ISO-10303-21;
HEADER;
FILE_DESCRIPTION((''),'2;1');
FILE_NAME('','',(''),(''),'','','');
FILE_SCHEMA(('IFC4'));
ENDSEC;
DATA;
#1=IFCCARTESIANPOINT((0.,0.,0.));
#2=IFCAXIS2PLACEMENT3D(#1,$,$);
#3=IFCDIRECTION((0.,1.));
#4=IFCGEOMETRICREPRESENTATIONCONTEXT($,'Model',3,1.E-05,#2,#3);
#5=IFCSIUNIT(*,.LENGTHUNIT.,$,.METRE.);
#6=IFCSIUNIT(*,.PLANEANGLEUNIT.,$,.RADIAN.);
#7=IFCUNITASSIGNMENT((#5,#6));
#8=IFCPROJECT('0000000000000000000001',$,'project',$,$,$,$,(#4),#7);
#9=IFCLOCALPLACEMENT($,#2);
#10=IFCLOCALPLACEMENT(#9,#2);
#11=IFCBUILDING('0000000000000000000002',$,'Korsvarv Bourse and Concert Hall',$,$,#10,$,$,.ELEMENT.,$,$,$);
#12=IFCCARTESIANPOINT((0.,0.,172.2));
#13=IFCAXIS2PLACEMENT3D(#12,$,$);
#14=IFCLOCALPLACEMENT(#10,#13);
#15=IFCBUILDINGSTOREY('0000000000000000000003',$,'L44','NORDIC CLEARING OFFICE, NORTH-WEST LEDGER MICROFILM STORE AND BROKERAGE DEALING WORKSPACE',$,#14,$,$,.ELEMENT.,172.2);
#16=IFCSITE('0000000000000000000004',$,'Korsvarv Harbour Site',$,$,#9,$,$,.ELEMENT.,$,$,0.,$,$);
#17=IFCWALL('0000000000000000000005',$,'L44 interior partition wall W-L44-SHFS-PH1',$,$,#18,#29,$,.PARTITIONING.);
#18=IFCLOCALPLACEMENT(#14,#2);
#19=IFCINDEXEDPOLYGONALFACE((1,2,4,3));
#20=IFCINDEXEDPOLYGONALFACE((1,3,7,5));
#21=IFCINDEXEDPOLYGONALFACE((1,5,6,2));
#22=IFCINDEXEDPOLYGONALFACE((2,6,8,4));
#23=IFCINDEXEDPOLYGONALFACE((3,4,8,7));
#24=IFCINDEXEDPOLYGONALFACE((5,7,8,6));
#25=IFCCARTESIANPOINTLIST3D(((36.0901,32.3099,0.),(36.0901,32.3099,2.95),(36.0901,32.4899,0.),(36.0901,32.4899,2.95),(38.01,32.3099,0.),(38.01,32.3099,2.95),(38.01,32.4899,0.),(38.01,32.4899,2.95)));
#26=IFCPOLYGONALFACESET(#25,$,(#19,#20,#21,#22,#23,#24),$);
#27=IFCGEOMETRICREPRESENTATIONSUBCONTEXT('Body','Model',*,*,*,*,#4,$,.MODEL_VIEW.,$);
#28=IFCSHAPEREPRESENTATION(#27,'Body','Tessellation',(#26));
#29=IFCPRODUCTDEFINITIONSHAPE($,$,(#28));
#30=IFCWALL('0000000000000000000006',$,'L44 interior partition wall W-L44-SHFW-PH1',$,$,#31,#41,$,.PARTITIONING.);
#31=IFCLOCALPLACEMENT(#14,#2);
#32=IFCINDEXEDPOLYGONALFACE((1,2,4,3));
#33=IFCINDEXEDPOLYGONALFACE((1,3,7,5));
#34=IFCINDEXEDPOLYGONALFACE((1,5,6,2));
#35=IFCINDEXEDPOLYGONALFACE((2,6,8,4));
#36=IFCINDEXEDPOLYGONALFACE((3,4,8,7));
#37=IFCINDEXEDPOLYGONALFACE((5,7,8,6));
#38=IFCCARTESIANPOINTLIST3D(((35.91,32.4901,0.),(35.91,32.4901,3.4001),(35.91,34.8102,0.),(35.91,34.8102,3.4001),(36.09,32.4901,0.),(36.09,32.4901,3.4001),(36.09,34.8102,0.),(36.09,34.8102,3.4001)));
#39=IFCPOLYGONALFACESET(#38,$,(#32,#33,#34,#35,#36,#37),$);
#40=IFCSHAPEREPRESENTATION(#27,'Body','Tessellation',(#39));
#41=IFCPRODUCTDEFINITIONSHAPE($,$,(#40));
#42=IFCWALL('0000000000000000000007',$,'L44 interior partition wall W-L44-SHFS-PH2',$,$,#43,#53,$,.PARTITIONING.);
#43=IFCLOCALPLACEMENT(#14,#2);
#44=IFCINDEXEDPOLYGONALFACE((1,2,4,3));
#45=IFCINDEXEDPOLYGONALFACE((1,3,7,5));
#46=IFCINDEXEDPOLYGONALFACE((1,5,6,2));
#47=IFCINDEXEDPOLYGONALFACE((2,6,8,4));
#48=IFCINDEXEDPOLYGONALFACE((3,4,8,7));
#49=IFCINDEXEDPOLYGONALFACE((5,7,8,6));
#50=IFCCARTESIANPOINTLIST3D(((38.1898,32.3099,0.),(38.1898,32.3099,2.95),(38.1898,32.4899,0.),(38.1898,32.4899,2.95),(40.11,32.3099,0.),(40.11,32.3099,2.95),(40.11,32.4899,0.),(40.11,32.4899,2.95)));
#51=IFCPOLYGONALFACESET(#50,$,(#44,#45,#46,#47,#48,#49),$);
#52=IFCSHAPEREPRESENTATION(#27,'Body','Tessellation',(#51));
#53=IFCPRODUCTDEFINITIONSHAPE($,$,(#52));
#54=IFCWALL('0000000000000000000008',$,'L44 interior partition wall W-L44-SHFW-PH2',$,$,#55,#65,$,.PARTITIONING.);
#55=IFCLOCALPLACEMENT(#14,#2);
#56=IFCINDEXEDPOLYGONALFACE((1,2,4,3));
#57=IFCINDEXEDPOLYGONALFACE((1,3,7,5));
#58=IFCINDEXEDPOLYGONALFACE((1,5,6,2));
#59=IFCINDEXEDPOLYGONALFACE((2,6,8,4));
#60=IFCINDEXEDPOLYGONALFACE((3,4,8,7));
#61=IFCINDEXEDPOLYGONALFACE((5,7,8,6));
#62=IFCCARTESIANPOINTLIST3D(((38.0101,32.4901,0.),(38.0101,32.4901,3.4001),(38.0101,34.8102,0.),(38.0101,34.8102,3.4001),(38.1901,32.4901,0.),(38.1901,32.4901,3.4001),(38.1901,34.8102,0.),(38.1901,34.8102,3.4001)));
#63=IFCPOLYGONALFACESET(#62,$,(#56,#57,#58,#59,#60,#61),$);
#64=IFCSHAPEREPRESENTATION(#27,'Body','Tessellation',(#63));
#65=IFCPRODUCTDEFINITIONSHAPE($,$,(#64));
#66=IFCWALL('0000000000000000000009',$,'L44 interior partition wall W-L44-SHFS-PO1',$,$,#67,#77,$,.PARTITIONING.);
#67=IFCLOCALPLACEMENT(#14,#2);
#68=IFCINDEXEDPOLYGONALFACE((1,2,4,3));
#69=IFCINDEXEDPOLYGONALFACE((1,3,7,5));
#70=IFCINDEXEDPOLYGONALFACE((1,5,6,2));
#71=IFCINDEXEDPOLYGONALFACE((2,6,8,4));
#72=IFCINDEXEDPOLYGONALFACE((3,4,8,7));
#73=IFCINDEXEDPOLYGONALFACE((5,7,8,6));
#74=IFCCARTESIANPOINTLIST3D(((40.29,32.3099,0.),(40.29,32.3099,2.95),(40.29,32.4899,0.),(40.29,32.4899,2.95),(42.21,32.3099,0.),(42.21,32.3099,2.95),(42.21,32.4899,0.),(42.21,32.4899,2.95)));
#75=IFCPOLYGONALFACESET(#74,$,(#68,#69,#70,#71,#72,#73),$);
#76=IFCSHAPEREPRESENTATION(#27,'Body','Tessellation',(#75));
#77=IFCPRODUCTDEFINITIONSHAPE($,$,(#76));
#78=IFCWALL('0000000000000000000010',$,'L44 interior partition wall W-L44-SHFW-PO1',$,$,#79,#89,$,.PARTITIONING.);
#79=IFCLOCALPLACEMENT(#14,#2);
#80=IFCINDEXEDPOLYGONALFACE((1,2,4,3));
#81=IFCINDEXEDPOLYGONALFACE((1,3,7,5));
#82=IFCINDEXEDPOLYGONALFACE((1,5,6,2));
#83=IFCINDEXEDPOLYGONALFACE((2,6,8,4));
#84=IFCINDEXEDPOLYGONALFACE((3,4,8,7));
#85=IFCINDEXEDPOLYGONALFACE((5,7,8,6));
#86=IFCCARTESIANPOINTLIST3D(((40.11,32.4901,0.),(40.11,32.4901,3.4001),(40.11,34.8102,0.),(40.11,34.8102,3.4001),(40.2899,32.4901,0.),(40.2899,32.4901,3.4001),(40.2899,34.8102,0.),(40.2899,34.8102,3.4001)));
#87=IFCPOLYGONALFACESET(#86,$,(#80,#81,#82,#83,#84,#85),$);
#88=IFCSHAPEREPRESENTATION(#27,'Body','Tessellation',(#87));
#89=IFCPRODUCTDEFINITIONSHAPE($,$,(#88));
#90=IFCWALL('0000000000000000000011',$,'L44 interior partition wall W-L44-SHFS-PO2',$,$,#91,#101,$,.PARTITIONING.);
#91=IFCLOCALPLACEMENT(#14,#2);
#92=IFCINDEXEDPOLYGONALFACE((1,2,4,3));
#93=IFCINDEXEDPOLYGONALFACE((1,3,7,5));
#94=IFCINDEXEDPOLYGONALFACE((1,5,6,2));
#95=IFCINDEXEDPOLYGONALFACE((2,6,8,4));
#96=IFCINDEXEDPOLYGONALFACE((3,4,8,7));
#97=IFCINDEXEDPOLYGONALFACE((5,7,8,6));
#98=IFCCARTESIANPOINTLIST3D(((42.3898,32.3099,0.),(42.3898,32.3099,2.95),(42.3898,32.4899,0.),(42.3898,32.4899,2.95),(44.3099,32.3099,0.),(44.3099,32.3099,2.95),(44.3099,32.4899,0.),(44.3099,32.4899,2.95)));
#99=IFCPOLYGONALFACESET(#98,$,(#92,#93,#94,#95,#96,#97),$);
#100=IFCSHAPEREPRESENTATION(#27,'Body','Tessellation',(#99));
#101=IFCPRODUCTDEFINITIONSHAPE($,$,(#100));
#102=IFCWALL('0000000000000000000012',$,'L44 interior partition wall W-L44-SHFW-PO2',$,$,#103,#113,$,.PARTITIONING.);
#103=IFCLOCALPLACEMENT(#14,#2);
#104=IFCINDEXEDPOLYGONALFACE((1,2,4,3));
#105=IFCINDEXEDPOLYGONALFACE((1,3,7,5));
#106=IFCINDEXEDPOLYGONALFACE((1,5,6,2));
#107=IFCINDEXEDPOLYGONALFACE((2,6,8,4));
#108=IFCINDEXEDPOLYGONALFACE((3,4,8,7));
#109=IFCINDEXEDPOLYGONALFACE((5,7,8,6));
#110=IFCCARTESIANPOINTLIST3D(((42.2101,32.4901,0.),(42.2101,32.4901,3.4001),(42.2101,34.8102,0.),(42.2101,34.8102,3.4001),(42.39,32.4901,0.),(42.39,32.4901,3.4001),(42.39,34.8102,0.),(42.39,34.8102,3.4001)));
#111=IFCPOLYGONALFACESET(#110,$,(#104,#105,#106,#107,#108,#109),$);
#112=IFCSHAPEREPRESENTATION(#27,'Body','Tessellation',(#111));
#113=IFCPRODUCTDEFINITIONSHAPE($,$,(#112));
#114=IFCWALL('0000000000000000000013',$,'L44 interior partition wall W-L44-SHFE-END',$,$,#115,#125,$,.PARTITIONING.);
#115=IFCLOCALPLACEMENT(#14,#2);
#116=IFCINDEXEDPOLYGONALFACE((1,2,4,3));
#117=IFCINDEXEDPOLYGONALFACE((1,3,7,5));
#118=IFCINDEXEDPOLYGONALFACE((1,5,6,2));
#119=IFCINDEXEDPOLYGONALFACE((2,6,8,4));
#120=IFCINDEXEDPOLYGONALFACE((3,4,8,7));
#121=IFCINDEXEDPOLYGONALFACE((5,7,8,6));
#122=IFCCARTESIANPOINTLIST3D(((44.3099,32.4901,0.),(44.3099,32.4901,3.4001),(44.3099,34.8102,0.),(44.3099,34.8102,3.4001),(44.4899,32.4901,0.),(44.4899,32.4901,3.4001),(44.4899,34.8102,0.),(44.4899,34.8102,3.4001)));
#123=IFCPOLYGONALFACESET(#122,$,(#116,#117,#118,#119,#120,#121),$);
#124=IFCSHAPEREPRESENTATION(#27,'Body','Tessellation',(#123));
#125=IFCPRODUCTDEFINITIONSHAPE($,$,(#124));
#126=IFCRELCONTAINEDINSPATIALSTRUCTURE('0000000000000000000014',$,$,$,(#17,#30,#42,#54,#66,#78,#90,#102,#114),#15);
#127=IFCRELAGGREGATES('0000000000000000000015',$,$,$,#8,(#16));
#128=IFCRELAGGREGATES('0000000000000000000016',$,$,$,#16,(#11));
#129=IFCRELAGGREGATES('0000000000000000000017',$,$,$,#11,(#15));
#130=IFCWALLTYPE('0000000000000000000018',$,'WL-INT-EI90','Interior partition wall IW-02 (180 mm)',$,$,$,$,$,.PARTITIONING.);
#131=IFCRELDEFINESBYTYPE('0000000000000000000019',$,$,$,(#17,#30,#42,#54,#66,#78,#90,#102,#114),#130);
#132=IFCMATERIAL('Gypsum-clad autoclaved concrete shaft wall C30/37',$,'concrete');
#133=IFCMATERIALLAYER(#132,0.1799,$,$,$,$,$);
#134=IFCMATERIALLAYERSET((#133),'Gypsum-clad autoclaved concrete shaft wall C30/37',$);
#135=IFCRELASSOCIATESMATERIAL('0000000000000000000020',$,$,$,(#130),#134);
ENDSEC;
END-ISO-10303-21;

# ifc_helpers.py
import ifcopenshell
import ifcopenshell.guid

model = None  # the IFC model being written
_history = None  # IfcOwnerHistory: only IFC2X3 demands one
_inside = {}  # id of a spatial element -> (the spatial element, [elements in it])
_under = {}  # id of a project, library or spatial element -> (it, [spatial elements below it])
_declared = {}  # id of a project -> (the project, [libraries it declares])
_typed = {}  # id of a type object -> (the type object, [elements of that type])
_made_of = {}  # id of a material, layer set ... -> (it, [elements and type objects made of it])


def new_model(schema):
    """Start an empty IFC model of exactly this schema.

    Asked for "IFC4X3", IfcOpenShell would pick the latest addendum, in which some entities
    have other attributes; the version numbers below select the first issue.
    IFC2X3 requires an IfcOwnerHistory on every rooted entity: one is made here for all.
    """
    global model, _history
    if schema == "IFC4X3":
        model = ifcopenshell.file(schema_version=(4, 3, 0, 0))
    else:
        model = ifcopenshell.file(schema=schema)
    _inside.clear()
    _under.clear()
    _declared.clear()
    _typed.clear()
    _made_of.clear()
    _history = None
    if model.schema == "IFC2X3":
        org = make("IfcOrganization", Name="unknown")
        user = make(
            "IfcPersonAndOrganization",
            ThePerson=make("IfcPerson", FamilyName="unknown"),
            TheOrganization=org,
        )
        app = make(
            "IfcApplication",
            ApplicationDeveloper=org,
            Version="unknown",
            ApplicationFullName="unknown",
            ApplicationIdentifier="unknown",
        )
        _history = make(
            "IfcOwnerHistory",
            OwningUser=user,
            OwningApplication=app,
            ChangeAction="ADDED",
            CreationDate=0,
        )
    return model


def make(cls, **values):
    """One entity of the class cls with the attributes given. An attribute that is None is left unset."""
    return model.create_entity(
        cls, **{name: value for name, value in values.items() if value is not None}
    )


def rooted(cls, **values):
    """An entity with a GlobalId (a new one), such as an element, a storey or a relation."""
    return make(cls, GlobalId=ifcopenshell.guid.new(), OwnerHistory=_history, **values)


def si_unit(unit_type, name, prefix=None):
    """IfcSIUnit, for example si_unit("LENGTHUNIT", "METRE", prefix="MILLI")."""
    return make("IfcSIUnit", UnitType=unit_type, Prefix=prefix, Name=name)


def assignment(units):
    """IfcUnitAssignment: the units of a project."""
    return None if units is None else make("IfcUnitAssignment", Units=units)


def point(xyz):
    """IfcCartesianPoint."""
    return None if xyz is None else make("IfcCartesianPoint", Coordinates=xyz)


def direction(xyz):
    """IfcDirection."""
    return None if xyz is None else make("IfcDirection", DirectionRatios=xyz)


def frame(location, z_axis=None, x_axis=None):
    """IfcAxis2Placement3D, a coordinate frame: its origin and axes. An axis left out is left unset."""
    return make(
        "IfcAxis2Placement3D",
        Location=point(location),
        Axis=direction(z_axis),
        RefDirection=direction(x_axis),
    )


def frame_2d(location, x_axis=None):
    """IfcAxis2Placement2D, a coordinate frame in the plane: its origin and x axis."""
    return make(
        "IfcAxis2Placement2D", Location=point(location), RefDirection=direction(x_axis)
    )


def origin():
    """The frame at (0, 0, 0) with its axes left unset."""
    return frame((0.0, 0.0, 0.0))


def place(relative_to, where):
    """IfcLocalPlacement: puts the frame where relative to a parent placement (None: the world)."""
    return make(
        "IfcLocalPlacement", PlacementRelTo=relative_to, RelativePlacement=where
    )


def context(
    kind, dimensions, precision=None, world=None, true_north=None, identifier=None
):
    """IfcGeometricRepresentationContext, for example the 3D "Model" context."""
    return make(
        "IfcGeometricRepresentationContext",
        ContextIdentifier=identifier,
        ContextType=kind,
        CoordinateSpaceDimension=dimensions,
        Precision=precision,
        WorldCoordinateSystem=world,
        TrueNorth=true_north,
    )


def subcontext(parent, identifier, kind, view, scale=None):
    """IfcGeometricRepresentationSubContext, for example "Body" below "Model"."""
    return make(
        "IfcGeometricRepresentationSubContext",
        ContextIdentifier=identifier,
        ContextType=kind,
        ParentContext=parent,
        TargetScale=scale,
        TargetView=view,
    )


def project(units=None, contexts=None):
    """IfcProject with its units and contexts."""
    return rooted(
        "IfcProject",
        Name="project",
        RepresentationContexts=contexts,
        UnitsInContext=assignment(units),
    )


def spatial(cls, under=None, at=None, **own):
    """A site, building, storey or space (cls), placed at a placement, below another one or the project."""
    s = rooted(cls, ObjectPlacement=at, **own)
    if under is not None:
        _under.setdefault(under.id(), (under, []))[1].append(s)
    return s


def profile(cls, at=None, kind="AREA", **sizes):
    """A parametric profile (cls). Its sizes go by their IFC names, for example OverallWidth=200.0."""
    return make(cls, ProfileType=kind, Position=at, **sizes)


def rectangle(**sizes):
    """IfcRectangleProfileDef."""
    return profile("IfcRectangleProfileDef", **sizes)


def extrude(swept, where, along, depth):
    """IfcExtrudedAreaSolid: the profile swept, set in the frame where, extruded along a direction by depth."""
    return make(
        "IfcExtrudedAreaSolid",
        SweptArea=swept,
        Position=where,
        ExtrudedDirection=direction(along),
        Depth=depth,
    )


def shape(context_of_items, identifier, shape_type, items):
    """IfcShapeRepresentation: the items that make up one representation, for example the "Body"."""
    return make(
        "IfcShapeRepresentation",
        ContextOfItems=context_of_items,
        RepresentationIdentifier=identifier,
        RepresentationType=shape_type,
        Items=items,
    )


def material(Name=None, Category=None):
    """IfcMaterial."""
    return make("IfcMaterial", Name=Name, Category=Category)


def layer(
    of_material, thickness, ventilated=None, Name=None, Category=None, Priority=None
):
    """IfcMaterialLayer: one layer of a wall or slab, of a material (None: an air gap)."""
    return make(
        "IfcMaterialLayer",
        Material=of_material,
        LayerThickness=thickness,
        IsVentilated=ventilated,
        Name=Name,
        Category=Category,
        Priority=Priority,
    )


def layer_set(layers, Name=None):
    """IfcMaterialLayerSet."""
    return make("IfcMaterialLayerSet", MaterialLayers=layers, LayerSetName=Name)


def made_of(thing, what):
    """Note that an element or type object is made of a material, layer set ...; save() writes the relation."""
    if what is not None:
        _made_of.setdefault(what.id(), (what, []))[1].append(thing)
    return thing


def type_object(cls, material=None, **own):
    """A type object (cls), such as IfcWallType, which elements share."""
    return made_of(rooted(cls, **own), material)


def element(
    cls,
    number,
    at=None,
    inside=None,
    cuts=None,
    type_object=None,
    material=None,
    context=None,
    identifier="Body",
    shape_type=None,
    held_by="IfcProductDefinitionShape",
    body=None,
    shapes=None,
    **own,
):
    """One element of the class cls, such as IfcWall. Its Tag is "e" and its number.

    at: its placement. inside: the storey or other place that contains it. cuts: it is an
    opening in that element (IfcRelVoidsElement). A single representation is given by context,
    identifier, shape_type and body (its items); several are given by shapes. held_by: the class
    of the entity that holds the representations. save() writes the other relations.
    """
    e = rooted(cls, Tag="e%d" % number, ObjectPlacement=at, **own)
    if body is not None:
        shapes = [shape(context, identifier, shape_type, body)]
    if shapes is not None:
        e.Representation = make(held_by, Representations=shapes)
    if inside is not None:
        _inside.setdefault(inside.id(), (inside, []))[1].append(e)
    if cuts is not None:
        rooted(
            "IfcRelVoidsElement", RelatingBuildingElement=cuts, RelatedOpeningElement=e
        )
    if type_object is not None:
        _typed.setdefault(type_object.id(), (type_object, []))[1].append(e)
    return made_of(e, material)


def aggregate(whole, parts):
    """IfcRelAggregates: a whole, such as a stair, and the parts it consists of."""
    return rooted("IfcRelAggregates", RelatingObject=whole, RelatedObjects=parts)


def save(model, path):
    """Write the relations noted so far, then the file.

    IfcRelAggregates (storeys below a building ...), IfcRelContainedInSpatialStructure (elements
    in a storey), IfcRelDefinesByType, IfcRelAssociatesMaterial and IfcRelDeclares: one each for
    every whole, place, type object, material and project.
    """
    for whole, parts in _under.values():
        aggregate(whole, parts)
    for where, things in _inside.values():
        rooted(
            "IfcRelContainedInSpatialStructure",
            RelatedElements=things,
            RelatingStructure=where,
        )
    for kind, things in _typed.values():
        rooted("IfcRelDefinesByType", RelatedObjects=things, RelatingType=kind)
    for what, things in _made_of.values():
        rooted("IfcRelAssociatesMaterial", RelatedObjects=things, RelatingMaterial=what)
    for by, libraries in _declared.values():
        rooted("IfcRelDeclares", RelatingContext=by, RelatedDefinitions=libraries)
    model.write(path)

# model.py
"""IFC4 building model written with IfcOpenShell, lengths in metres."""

from ifc_helpers import new_model, si_unit, direction, frame, frame_2d, origin, place, context, subcontext, project, spatial, rectangle, extrude, material, layer, layer_set, type_object, element, save


model = new_model("IFC4")

# Units and contexts
model_context = context("Model", 3, precision=1e-05, world=origin(), true_north=direction((0.0, 1.0)))
body_context = subcontext(model_context, "Body", "Model", "MODEL_VIEW")
ifc_project = project(units=[si_unit("LENGTHUNIT", "METRE"), si_unit("PLANEANGLEUNIT", "RADIAN")], contexts=[model_context])

# Site, building, storey
site_placement = place(None, origin())
site = spatial("IfcSite", under=ifc_project, at=site_placement, Name="Korsvarv Harbour Site", CompositionType="ELEMENT", RefElevation=0.0)
building_placement = place(site_placement, origin())
building = spatial("IfcBuilding", under=site, at=building_placement, Name="Korsvarv Bourse and Concert Hall", CompositionType="ELEMENT")
storey_placement = place(building_placement, frame((0.0, 0.0, 172.2)))
storey = spatial("IfcBuildingStorey", under=building, at=storey_placement, Name="L44", Description="NORDIC CLEARING OFFICE, NORTH-WEST LEDGER MICROFILM STORE AND BROKERAGE DEALING WORKSPACE", CompositionType="ELEMENT", Elevation=172.2)

# Walls
ifc_material_1 = material(Name="Gypsum-clad autoclaved concrete shaft wall C30/37", Category="concrete")
ifc_layer_1 = layer(ifc_material_1, 0.1799)
ifc_layer_set_1 = layer_set([ifc_layer_1], Name="Gypsum-clad autoclaved concrete shaft wall C30/37")
wall_type_1 = type_object("IfcWallType", Name="WL-INT-EI90", Description="Interior partition wall IW-02 (180 mm)", PredefinedType="PARTITIONING", material=ifc_layer_set_1)
wall_1_placement = place(storey_placement, frame((36.0901, 32.3999, 0.0), z_axis=(0.0, 0.0, 1.0), x_axis=(1.0, 0.0, 0.0)))
element("IfcWall", 1, at=wall_1_placement, inside=storey, type_object=wall_type_1, Name="L44 interior partition wall W-L44-SHFS-PH1", PredefinedType="PARTITIONING", context=body_context, shape_type="SweptSolid", body=[
    extrude(rectangle(XDim=1.9199, YDim=0.1799, at=frame_2d((0.96, 0.0))), origin(), (0.0, 0.0, 1.0), 2.95),
])
wall_2_placement = place(storey_placement, frame((36.0, 32.49, 0.0), z_axis=(0.0, 0.0, 1.0), x_axis=(0.0, 1.0, 0.0)))
element("IfcWall", 2, at=wall_2_placement, inside=storey, type_object=wall_type_1, Name="L44 interior partition wall W-L44-SHFW-PH1", PredefinedType="PARTITIONING", context=body_context, shape_type="SweptSolid", body=[
    extrude(rectangle(XDim=2.3201, YDim=0.1799, at=frame_2d((1.1602, 0.0))), origin(), (0.0, 0.0, 1.0), 3.4001),
])
wall_3_placement = place(storey_placement, frame((38.1899, 32.3999, 0.0), z_axis=(0.0, 0.0, 1.0), x_axis=(1.0, 0.0, 0.0)))
element("IfcWall", 3, at=wall_3_placement, inside=storey, type_object=wall_type_1, Name="L44 interior partition wall W-L44-SHFS-PH2", PredefinedType="PARTITIONING", context=body_context, shape_type="SweptSolid", body=[
    extrude(rectangle(XDim=1.9202, YDim=0.1799, at=frame_2d((0.96, 0.0))), origin(), (0.0, 0.0, 1.0), 2.95),
])
wall_4_placement = place(storey_placement, frame((38.1001, 32.49, 0.0), z_axis=(0.0, 0.0, 1.0), x_axis=(0.0, 1.0, 0.0)))
element("IfcWall", 4, at=wall_4_placement, inside=storey, type_object=wall_type_1, Name="L44 interior partition wall W-L44-SHFW-PH2", PredefinedType="PARTITIONING", context=body_context, shape_type="SweptSolid", body=[
    extrude(rectangle(XDim=2.3201, YDim=0.1799, at=frame_2d((1.1602, 0.0))), origin(), (0.0, 0.0, 1.0), 3.4001),
])
wall_5_placement = place(storey_placement, frame((40.29, 32.3999, 0.0), z_axis=(0.0, 0.0, 1.0), x_axis=(1.0, 0.0, 0.0)))
element("IfcWall", 5, at=wall_5_placement, inside=storey, type_object=wall_type_1, Name="L44 interior partition wall W-L44-SHFS-PO1", PredefinedType="PARTITIONING", context=body_context, shape_type="SweptSolid", body=[
    extrude(rectangle(XDim=1.9199, YDim=0.1799, at=frame_2d((0.96, 0.0))), origin(), (0.0, 0.0, 1.0), 2.95),
])
wall_6_placement = place(storey_placement, frame((40.2, 32.49, 0.0), z_axis=(0.0, 0.0, 1.0), x_axis=(0.0, 1.0, 0.0)))
element("IfcWall", 6, at=wall_6_placement, inside=storey, type_object=wall_type_1, Name="L44 interior partition wall W-L44-SHFW-PO1", PredefinedType="PARTITIONING", context=body_context, shape_type="SweptSolid", body=[
    extrude(rectangle(XDim=2.3201, YDim=0.1799, at=frame_2d((1.1602, 0.0))), origin(), (0.0, 0.0, 1.0), 3.4001),
])
wall_7_placement = place(storey_placement, frame((42.3899, 32.3999, 0.0), z_axis=(0.0, 0.0, 1.0), x_axis=(1.0, 0.0, 0.0)))
element("IfcWall", 7, at=wall_7_placement, inside=storey, type_object=wall_type_1, Name="L44 interior partition wall W-L44-SHFS-PO2", PredefinedType="PARTITIONING", context=body_context, shape_type="SweptSolid", body=[
    extrude(rectangle(XDim=1.9202, YDim=0.1799, at=frame_2d((0.96, 0.0))), origin(), (0.0, 0.0, 1.0), 2.95),
])
for number, where, z_axis, x_axis, name in (
    (8, (42.3, 32.49, 0.0), (0.0, 0.0, 1.0), (0.0, 1.0, 0.0), "L44 interior partition wall W-L44-SHFW-PO2"),
    (9, (44.3999, 32.49, 0.0), (0.0, 0.0, 1.0), (0.0, 1.0, 0.0), "L44 interior partition wall W-L44-SHFE-END"),
):
    element("IfcWall", number, at=place(storey_placement, frame(where, z_axis=z_axis, x_axis=x_axis)), inside=storey, type_object=wall_type_1, Name=name, PredefinedType="PARTITIONING", context=body_context, shape_type="SweptSolid", body=[
        extrude(rectangle(XDim=2.3201, YDim=0.1799, at=frame_2d((1.1602, 0.0))), origin(), (0.0, 0.0, 1.0), 3.4001),
    ])

save(model, "model.ifc")
